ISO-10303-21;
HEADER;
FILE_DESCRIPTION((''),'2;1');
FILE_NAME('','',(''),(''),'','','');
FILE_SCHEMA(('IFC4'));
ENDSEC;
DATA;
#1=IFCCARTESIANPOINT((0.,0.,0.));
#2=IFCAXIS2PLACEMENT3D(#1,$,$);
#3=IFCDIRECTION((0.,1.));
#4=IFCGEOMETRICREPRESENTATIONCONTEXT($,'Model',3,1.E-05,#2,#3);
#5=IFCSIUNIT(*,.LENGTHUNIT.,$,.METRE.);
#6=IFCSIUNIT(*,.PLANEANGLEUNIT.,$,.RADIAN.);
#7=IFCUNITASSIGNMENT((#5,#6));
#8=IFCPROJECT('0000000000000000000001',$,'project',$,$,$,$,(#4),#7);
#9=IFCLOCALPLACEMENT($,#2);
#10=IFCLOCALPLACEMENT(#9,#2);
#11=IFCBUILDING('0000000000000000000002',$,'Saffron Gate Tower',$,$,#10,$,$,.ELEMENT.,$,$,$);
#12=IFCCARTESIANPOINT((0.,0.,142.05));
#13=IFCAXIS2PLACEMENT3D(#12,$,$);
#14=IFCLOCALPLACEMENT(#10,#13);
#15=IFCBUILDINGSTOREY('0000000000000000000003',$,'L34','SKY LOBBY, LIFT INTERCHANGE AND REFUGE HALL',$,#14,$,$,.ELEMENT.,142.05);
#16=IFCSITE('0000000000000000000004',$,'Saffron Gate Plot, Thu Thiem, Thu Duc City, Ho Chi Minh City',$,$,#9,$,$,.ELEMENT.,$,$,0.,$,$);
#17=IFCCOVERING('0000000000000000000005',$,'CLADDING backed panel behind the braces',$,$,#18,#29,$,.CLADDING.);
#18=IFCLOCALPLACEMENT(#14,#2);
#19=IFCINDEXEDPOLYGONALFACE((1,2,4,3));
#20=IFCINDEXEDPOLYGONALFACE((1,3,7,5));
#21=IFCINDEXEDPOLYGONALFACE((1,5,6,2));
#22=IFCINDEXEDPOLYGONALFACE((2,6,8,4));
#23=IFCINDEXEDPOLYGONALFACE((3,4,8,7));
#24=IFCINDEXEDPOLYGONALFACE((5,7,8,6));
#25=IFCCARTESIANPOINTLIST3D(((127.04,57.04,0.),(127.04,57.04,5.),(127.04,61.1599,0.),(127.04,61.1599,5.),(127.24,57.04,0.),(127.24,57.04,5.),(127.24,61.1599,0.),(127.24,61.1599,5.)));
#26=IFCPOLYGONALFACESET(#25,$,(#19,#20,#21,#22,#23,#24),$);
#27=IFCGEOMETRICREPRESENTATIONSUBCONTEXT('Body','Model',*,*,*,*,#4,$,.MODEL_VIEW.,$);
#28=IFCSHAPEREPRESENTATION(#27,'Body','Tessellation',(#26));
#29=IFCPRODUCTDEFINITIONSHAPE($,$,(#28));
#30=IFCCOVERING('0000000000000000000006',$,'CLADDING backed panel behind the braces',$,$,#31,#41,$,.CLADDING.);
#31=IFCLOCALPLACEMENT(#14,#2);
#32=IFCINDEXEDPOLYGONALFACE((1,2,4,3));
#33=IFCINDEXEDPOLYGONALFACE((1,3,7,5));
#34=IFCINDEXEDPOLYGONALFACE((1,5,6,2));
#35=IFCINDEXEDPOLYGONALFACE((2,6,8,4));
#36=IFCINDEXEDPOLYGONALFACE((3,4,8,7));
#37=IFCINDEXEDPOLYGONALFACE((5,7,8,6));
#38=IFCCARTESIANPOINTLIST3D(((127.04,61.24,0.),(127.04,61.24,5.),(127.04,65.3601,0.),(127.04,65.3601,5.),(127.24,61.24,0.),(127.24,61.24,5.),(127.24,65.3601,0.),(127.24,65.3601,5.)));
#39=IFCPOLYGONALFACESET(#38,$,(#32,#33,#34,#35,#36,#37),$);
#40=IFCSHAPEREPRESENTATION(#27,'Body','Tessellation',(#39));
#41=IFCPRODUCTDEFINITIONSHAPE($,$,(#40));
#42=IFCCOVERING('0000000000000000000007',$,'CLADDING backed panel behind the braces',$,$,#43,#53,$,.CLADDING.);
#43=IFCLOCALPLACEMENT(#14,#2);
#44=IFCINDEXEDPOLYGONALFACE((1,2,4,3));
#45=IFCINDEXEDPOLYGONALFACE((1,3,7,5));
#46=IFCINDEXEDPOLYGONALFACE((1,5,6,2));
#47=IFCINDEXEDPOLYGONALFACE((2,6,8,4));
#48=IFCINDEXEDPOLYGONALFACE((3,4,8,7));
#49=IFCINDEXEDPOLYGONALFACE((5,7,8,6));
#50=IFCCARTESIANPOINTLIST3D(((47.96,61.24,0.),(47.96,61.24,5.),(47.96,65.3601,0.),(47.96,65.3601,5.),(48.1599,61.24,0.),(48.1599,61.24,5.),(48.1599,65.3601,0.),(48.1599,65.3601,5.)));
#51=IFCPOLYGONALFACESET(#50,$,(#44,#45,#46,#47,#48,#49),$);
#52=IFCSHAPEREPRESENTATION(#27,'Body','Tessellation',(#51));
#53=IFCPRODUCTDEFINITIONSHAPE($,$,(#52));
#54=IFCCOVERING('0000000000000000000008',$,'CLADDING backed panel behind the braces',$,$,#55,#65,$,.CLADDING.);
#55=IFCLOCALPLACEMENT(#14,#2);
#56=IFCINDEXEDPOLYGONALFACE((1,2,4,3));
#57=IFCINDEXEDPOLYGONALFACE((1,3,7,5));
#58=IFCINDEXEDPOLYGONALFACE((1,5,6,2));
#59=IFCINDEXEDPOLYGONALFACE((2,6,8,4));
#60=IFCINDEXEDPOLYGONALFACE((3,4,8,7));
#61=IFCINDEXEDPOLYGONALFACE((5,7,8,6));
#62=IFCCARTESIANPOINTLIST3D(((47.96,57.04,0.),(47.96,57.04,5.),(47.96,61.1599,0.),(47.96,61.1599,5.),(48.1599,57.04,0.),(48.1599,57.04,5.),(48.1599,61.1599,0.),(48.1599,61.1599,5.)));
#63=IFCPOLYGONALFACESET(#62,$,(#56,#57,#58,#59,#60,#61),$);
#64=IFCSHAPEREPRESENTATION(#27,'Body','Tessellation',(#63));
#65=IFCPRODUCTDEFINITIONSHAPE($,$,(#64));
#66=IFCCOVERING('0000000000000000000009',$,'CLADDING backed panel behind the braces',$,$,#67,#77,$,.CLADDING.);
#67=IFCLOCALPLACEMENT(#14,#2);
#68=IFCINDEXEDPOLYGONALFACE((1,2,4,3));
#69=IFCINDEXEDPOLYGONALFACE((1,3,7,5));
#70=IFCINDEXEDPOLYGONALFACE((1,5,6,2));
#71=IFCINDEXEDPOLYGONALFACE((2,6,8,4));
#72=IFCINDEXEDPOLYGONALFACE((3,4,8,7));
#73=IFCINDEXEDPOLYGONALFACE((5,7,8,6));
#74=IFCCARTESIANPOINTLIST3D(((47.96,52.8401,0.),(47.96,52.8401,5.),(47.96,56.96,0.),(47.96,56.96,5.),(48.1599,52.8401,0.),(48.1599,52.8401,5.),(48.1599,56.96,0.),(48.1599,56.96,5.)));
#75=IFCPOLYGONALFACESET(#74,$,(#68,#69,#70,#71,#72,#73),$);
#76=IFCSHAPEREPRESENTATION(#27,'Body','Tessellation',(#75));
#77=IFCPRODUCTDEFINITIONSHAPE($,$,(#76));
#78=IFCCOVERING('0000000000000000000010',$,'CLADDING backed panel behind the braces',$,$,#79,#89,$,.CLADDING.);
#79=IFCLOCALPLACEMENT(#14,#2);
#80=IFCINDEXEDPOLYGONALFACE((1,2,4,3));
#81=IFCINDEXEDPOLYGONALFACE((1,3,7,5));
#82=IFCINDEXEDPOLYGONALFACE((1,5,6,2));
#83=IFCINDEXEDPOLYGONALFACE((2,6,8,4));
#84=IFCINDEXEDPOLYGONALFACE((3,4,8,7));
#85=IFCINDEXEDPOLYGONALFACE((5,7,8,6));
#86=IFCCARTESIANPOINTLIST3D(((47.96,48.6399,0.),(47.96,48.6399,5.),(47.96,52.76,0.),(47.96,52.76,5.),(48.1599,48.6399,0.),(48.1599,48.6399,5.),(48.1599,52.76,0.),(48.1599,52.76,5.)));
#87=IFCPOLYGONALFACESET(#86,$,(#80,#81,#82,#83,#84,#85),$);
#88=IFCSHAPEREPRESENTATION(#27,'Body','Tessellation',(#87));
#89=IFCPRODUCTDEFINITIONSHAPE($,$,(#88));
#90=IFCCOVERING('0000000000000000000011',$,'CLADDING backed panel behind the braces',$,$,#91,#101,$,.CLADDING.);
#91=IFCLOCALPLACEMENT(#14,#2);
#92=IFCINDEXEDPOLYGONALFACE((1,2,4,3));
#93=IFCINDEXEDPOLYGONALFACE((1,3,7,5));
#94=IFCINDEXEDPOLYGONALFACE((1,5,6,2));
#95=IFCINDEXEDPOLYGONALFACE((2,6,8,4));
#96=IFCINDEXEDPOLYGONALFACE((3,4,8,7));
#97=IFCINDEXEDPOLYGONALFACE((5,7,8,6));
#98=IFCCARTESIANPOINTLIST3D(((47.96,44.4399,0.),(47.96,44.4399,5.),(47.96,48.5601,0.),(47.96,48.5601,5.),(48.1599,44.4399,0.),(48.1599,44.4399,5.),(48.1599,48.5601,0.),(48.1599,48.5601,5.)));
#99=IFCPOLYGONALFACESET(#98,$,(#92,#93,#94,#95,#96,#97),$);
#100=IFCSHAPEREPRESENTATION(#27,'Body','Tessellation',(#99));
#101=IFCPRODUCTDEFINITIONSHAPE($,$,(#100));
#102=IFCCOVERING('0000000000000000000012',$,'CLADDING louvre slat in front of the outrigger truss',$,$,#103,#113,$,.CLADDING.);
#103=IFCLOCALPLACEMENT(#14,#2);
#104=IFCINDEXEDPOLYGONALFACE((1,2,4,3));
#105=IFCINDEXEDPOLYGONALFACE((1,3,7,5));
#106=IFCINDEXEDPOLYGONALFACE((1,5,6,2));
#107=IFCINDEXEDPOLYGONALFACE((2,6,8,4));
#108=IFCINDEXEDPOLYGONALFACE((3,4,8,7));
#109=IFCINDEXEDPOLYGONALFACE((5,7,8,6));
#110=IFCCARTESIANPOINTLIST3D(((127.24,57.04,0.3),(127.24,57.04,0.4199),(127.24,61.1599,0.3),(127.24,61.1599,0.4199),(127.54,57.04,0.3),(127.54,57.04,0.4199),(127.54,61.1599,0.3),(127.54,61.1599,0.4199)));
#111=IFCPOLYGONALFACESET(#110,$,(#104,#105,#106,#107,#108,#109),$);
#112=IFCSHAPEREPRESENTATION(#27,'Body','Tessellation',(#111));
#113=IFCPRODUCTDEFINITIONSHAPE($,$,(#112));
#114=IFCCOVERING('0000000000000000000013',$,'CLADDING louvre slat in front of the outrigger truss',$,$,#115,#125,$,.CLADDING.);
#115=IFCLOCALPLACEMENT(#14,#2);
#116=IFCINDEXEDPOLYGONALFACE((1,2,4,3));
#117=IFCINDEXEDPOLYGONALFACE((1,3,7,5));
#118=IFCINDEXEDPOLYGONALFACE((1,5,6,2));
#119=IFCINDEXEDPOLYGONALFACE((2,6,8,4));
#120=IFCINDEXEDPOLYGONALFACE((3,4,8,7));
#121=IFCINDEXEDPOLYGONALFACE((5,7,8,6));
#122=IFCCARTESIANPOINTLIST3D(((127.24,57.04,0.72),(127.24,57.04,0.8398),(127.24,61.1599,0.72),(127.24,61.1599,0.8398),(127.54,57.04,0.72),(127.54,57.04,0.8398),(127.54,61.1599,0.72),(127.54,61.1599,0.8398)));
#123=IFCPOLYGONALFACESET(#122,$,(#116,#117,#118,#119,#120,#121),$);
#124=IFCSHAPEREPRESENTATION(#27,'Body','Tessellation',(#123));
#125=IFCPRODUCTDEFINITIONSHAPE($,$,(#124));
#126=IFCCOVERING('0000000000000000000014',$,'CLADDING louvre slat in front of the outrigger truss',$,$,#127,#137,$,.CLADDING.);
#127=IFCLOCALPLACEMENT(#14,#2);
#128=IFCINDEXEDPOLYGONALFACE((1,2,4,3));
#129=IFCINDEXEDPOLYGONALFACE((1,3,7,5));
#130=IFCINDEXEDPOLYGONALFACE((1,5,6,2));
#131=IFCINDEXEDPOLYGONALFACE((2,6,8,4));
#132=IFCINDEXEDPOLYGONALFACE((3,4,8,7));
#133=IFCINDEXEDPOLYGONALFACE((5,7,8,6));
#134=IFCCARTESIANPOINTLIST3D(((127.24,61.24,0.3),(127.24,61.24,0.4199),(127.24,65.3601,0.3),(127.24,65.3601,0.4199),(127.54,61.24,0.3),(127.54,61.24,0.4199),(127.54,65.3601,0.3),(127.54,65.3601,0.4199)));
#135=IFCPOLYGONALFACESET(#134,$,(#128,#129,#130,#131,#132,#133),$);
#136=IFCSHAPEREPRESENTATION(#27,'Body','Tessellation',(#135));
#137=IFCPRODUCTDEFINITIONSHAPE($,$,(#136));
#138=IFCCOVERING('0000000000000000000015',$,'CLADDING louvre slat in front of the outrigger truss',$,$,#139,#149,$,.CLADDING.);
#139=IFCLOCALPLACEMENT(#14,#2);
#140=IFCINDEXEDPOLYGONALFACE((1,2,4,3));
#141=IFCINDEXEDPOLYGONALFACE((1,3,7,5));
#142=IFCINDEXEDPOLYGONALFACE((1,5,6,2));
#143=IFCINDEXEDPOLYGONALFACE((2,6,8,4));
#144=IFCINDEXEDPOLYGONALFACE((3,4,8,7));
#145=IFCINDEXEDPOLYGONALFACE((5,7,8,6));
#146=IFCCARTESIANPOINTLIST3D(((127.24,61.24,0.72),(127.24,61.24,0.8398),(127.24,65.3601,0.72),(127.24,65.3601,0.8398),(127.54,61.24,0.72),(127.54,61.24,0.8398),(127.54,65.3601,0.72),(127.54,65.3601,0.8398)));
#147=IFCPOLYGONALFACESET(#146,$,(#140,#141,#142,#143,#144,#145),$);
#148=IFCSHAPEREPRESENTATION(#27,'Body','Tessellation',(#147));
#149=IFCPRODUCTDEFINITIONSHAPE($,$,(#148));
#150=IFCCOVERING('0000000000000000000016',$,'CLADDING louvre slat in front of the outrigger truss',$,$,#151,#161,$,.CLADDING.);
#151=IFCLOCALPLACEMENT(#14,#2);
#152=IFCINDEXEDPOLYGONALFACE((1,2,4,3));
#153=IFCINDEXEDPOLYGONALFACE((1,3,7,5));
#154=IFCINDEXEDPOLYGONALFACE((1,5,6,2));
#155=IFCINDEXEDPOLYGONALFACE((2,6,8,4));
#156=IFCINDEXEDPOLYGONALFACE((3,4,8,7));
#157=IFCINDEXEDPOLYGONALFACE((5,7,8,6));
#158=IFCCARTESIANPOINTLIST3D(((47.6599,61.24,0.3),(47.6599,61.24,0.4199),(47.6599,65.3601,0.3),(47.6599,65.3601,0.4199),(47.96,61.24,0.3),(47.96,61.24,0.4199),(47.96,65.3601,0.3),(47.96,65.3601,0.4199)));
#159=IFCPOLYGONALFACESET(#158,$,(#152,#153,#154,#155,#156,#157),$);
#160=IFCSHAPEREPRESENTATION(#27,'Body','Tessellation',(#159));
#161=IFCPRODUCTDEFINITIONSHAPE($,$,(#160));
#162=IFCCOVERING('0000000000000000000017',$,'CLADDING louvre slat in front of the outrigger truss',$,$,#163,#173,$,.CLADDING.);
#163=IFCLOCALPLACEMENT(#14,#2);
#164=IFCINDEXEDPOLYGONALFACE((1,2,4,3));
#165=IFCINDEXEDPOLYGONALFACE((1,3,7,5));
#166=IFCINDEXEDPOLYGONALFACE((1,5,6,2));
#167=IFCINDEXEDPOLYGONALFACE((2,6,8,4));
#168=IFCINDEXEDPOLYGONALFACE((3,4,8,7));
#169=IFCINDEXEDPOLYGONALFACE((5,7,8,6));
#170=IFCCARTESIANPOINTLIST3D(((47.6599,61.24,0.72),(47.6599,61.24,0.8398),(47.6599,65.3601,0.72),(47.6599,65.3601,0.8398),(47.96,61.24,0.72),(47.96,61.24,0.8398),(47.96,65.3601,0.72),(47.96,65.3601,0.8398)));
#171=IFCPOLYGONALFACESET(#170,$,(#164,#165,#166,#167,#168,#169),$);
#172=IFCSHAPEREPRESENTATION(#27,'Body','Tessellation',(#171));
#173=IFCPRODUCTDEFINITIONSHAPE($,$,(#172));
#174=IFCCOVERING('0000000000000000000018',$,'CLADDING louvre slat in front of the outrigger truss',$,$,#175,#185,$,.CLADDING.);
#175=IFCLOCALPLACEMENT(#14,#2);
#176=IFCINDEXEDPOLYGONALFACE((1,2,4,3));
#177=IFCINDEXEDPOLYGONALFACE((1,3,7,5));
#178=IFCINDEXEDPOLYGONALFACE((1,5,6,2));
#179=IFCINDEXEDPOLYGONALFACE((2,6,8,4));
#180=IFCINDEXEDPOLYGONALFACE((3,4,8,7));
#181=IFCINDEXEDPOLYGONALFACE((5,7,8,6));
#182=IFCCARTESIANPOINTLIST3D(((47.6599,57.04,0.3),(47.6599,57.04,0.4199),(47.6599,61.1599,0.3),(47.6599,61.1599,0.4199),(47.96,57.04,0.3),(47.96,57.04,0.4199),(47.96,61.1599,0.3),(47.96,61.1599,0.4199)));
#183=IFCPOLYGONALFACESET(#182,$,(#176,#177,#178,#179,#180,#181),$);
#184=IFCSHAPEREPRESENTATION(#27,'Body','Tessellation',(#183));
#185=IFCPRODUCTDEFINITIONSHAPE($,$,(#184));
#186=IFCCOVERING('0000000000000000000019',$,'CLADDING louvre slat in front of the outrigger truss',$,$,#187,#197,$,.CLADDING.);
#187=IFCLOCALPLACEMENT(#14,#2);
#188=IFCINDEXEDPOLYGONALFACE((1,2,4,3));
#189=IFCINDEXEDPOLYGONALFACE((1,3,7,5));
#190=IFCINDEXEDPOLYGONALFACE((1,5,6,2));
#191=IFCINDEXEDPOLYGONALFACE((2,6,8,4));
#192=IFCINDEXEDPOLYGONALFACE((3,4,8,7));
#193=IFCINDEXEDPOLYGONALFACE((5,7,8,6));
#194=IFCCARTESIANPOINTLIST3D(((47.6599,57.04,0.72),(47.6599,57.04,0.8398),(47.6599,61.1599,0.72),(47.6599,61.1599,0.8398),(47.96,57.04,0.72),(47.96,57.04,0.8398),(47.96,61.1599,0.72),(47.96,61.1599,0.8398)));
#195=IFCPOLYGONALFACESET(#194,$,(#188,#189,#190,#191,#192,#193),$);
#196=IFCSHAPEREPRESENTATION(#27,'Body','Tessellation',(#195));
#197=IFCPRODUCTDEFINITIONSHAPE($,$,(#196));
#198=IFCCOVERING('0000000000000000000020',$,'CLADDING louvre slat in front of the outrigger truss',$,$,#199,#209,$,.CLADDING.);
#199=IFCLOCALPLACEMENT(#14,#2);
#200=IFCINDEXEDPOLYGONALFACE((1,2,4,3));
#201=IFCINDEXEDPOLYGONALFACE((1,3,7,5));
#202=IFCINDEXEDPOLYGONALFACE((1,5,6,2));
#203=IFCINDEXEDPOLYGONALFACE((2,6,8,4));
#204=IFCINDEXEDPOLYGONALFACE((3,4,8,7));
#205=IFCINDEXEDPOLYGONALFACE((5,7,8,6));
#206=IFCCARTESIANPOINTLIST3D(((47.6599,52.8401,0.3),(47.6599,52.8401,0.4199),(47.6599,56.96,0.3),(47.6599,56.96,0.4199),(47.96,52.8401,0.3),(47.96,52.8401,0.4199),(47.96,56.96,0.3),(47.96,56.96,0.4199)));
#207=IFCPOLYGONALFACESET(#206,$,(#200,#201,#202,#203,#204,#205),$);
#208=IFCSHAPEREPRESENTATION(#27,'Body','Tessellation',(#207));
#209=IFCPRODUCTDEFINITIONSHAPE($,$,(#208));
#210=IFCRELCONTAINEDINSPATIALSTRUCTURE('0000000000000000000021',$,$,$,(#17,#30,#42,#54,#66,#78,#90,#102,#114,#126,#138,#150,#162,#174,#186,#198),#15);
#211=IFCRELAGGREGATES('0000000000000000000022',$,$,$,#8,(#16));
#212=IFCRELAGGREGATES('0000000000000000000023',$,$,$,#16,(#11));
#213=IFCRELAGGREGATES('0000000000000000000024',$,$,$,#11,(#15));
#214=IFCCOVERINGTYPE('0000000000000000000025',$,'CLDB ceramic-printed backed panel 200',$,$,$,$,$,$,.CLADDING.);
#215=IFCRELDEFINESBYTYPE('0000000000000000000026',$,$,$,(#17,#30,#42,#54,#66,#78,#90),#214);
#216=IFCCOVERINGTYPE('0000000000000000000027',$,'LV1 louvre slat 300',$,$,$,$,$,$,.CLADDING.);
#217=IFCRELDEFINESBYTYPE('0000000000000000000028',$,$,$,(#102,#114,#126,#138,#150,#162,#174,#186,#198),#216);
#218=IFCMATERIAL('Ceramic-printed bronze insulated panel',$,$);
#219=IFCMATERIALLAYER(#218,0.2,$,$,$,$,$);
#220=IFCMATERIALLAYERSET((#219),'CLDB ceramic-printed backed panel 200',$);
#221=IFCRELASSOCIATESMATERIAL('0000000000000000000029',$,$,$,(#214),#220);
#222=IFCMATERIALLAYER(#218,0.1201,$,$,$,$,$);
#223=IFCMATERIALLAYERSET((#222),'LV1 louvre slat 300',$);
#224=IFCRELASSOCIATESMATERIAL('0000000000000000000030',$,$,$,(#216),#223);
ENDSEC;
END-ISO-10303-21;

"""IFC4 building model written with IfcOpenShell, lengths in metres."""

from ifc_helpers import new_model, si_unit, direction, frame, origin, place, context, subcontext, project, spatial, polyline, outline, extrude, material, layer, layer_set, type_object, element, save


model = new_model("IFC4")

# Units and contexts
model_context = context("Model", 3, precision=1e-05, world=origin(), true_north=direction((0.0, 1.0)))
body_context = subcontext(model_context, "Body", "Model", "MODEL_VIEW")
ifc_project = project(units=[si_unit("LENGTHUNIT", "METRE"), si_unit("PLANEANGLEUNIT", "RADIAN")], contexts=[model_context])

# Site, building, storey
site_placement = place(None, origin())
site = spatial("IfcSite", under=ifc_project, at=site_placement, Name="Saffron Gate Plot, Thu Thiem, Thu Duc City, Ho Chi Minh City", CompositionType="ELEMENT", RefElevation=0.0)
building_placement = place(site_placement, origin())
building = spatial("IfcBuilding", under=site, at=building_placement, Name="Saffron Gate Tower", CompositionType="ELEMENT")
storey_placement = place(building_placement, frame((0.0, 0.0, 142.05)))
storey = spatial("IfcBuildingStorey", under=building, at=storey_placement, Name="L34", Description="SKY LOBBY, LIFT INTERCHANGE AND REFUGE HALL", CompositionType="ELEMENT", Elevation=142.05)

# Coverings
ifc_material = material(Name="Ceramic-printed bronze insulated panel")
ifc_layer_1 = layer(ifc_material, 0.2)
ifc_layer_set_1 = layer_set([ifc_layer_1], Name="CLDB ceramic-printed backed panel 200")
covering_type_1 = type_object("IfcCoveringType", Name="CLDB ceramic-printed backed panel 200", PredefinedType="CLADDING", material=ifc_layer_set_1)
covering_1_placement = place(storey_placement, origin())
element("IfcCovering", 1, at=covering_1_placement, inside=storey, type_object=covering_type_1, Name="CLADDING backed panel behind the braces", PredefinedType="CLADDING", context=body_context, shape_type="SweptSolid", body=[
    extrude(outline(polyline([(127.24, 57.04), (127.24, 61.1599), (127.04, 61.1599), (127.04, 57.04), (127.24, 57.04)])), origin(), (0.0, 0.0, 1.0), 5.0),
])
covering_2_placement = place(storey_placement, origin())
element("IfcCovering", 2, at=covering_2_placement, inside=storey, type_object=covering_type_1, Name="CLADDING backed panel behind the braces", PredefinedType="CLADDING", context=body_context, shape_type="SweptSolid", body=[
    extrude(outline(polyline([(127.24, 61.24), (127.24, 65.3601), (127.04, 65.3601), (127.04, 61.24), (127.24, 61.24)])), origin(), (0.0, 0.0, 1.0), 5.0),
])
covering_3_placement = place(storey_placement, origin())
element("IfcCovering", 3, at=covering_3_placement, inside=storey, type_object=covering_type_1, Name="CLADDING backed panel behind the braces", PredefinedType="CLADDING", context=body_context, shape_type="SweptSolid", body=[
    extrude(outline(polyline([(47.96, 65.3601), (47.96, 61.24), (48.1599, 61.24), (48.1599, 65.3601), (47.96, 65.3601)])), origin(), (0.0, 0.0, 1.0), 5.0),
])
covering_4_placement = place(storey_placement, origin())
element("IfcCovering", 4, at=covering_4_placement, inside=storey, type_object=covering_type_1, Name="CLADDING backed panel behind the braces", PredefinedType="CLADDING", context=body_context, shape_type="SweptSolid", body=[
    extrude(outline(polyline([(47.96, 61.1599), (47.96, 57.04), (48.1599, 57.04), (48.1599, 61.1599), (47.96, 61.1599)])), origin(), (0.0, 0.0, 1.0), 5.0),
])
covering_5_placement = place(storey_placement, origin())
element("IfcCovering", 5, at=covering_5_placement, inside=storey, type_object=covering_type_1, Name="CLADDING backed panel behind the braces", PredefinedType="CLADDING", context=body_context, shape_type="SweptSolid", body=[
    extrude(outline(polyline([(47.96, 56.96), (47.96, 52.8401), (48.1599, 52.8401), (48.1599, 56.96), (47.96, 56.96)])), origin(), (0.0, 0.0, 1.0), 5.0),
])
covering_6_placement = place(storey_placement, origin())
element("IfcCovering", 6, at=covering_6_placement, inside=storey, type_object=covering_type_1, Name="CLADDING backed panel behind the braces", PredefinedType="CLADDING", context=body_context, shape_type="SweptSolid", body=[
    extrude(outline(polyline([(47.96, 52.76), (47.96, 48.6399), (48.1599, 48.6399), (48.1599, 52.76), (47.96, 52.76)])), origin(), (0.0, 0.0, 1.0), 5.0),
])
covering_7_placement = place(storey_placement, origin())
element("IfcCovering", 7, at=covering_7_placement, inside=storey, type_object=covering_type_1, Name="CLADDING backed panel behind the braces", PredefinedType="CLADDING", context=body_context, shape_type="SweptSolid", body=[
    extrude(outline(polyline([(47.96, 48.5601), (47.96, 44.4399), (48.1599, 44.4399), (48.1599, 48.5601), (47.96, 48.5601)])), origin(), (0.0, 0.0, 1.0), 5.0),
])
ifc_layer_2 = layer(ifc_material, 0.1201)
ifc_layer_set_2 = layer_set([ifc_layer_2], Name="LV1 louvre slat 300")
covering_type_2 = type_object("IfcCoveringType", Name="LV1 louvre slat 300", PredefinedType="CLADDING", material=ifc_layer_set_2)
for number, where, name in (
    (8, (0.0, 0.0, 0.3), "CLADDING louvre slat in front of the outrigger truss"),
    (9, (0.0, 0.0, 0.72), "CLADDING louvre slat in front of the outrigger truss"),
):
    element("IfcCovering", number, at=place(storey_placement, frame(where)), inside=storey, type_object=covering_type_2, Name=name, PredefinedType="CLADDING", context=body_context, shape_type="SweptSolid", body=[
        extrude(outline(polyline([(127.54, 57.04), (127.54, 61.1599), (127.24, 61.1599), (127.24, 57.04), (127.54, 57.04)])), origin(), (0.0, 0.0, 1.0), 0.1199),
    ])
for number, where, name in (
    (10, (0.0, 0.0, 0.3), "CLADDING louvre slat in front of the outrigger truss"),
    (11, (0.0, 0.0, 0.72), "CLADDING louvre slat in front of the outrigger truss"),
):
    element("IfcCovering", number, at=place(storey_placement, frame(where)), inside=storey, type_object=covering_type_2, Name=name, PredefinedType="CLADDING", context=body_context, shape_type="SweptSolid", body=[
        extrude(outline(polyline([(127.54, 61.24), (127.54, 65.3601), (127.24, 65.3601), (127.24, 61.24), (127.54, 61.24)])), origin(), (0.0, 0.0, 1.0), 0.1199),
    ])
for number, where, name in (
    (12, (0.0, 0.0, 0.3), "CLADDING louvre slat in front of the outrigger truss"),
    (13, (0.0, 0.0, 0.72), "CLADDING louvre slat in front of the outrigger truss"),
):
    element("IfcCovering", number, at=place(storey_placement, frame(where)), inside=storey, type_object=covering_type_2, Name=name, PredefinedType="CLADDING", context=body_context, shape_type="SweptSolid", body=[
        extrude(outline(polyline([(47.6599, 65.3601), (47.6599, 61.24), (47.96, 61.24), (47.96, 65.3601), (47.6599, 65.3601)])), origin(), (0.0, 0.0, 1.0), 0.1199),
    ])
for number, where, name in (
    (14, (0.0, 0.0, 0.3), "CLADDING louvre slat in front of the outrigger truss"),
    (15, (0.0, 0.0, 0.72), "CLADDING louvre slat in front of the outrigger truss"),
):
    element("IfcCovering", number, at=place(storey_placement, frame(where)), inside=storey, type_object=covering_type_2, Name=name, PredefinedType="CLADDING", context=body_context, shape_type="SweptSolid", body=[
        extrude(outline(polyline([(47.6599, 61.1599), (47.6599, 57.04), (47.96, 57.04), (47.96, 61.1599), (47.6599, 61.1599)])), origin(), (0.0, 0.0, 1.0), 0.1199),
    ])
for number, where, name in (
    (16, (0.0, 0.0, 0.3), "CLADDING louvre slat in front of the outrigger truss"),
):
    element("IfcCovering", number, at=place(storey_placement, frame(where)), inside=storey, type_object=covering_type_2, Name=name, PredefinedType="CLADDING", context=body_context, shape_type="SweptSolid", body=[
        extrude(outline(polyline([(47.6599, 56.96), (47.6599, 52.8401), (47.96, 52.8401), (47.96, 56.96), (47.6599, 56.96)])), origin(), (0.0, 0.0, 1.0), 0.1199),
    ])

save(model, "model.ifc")
